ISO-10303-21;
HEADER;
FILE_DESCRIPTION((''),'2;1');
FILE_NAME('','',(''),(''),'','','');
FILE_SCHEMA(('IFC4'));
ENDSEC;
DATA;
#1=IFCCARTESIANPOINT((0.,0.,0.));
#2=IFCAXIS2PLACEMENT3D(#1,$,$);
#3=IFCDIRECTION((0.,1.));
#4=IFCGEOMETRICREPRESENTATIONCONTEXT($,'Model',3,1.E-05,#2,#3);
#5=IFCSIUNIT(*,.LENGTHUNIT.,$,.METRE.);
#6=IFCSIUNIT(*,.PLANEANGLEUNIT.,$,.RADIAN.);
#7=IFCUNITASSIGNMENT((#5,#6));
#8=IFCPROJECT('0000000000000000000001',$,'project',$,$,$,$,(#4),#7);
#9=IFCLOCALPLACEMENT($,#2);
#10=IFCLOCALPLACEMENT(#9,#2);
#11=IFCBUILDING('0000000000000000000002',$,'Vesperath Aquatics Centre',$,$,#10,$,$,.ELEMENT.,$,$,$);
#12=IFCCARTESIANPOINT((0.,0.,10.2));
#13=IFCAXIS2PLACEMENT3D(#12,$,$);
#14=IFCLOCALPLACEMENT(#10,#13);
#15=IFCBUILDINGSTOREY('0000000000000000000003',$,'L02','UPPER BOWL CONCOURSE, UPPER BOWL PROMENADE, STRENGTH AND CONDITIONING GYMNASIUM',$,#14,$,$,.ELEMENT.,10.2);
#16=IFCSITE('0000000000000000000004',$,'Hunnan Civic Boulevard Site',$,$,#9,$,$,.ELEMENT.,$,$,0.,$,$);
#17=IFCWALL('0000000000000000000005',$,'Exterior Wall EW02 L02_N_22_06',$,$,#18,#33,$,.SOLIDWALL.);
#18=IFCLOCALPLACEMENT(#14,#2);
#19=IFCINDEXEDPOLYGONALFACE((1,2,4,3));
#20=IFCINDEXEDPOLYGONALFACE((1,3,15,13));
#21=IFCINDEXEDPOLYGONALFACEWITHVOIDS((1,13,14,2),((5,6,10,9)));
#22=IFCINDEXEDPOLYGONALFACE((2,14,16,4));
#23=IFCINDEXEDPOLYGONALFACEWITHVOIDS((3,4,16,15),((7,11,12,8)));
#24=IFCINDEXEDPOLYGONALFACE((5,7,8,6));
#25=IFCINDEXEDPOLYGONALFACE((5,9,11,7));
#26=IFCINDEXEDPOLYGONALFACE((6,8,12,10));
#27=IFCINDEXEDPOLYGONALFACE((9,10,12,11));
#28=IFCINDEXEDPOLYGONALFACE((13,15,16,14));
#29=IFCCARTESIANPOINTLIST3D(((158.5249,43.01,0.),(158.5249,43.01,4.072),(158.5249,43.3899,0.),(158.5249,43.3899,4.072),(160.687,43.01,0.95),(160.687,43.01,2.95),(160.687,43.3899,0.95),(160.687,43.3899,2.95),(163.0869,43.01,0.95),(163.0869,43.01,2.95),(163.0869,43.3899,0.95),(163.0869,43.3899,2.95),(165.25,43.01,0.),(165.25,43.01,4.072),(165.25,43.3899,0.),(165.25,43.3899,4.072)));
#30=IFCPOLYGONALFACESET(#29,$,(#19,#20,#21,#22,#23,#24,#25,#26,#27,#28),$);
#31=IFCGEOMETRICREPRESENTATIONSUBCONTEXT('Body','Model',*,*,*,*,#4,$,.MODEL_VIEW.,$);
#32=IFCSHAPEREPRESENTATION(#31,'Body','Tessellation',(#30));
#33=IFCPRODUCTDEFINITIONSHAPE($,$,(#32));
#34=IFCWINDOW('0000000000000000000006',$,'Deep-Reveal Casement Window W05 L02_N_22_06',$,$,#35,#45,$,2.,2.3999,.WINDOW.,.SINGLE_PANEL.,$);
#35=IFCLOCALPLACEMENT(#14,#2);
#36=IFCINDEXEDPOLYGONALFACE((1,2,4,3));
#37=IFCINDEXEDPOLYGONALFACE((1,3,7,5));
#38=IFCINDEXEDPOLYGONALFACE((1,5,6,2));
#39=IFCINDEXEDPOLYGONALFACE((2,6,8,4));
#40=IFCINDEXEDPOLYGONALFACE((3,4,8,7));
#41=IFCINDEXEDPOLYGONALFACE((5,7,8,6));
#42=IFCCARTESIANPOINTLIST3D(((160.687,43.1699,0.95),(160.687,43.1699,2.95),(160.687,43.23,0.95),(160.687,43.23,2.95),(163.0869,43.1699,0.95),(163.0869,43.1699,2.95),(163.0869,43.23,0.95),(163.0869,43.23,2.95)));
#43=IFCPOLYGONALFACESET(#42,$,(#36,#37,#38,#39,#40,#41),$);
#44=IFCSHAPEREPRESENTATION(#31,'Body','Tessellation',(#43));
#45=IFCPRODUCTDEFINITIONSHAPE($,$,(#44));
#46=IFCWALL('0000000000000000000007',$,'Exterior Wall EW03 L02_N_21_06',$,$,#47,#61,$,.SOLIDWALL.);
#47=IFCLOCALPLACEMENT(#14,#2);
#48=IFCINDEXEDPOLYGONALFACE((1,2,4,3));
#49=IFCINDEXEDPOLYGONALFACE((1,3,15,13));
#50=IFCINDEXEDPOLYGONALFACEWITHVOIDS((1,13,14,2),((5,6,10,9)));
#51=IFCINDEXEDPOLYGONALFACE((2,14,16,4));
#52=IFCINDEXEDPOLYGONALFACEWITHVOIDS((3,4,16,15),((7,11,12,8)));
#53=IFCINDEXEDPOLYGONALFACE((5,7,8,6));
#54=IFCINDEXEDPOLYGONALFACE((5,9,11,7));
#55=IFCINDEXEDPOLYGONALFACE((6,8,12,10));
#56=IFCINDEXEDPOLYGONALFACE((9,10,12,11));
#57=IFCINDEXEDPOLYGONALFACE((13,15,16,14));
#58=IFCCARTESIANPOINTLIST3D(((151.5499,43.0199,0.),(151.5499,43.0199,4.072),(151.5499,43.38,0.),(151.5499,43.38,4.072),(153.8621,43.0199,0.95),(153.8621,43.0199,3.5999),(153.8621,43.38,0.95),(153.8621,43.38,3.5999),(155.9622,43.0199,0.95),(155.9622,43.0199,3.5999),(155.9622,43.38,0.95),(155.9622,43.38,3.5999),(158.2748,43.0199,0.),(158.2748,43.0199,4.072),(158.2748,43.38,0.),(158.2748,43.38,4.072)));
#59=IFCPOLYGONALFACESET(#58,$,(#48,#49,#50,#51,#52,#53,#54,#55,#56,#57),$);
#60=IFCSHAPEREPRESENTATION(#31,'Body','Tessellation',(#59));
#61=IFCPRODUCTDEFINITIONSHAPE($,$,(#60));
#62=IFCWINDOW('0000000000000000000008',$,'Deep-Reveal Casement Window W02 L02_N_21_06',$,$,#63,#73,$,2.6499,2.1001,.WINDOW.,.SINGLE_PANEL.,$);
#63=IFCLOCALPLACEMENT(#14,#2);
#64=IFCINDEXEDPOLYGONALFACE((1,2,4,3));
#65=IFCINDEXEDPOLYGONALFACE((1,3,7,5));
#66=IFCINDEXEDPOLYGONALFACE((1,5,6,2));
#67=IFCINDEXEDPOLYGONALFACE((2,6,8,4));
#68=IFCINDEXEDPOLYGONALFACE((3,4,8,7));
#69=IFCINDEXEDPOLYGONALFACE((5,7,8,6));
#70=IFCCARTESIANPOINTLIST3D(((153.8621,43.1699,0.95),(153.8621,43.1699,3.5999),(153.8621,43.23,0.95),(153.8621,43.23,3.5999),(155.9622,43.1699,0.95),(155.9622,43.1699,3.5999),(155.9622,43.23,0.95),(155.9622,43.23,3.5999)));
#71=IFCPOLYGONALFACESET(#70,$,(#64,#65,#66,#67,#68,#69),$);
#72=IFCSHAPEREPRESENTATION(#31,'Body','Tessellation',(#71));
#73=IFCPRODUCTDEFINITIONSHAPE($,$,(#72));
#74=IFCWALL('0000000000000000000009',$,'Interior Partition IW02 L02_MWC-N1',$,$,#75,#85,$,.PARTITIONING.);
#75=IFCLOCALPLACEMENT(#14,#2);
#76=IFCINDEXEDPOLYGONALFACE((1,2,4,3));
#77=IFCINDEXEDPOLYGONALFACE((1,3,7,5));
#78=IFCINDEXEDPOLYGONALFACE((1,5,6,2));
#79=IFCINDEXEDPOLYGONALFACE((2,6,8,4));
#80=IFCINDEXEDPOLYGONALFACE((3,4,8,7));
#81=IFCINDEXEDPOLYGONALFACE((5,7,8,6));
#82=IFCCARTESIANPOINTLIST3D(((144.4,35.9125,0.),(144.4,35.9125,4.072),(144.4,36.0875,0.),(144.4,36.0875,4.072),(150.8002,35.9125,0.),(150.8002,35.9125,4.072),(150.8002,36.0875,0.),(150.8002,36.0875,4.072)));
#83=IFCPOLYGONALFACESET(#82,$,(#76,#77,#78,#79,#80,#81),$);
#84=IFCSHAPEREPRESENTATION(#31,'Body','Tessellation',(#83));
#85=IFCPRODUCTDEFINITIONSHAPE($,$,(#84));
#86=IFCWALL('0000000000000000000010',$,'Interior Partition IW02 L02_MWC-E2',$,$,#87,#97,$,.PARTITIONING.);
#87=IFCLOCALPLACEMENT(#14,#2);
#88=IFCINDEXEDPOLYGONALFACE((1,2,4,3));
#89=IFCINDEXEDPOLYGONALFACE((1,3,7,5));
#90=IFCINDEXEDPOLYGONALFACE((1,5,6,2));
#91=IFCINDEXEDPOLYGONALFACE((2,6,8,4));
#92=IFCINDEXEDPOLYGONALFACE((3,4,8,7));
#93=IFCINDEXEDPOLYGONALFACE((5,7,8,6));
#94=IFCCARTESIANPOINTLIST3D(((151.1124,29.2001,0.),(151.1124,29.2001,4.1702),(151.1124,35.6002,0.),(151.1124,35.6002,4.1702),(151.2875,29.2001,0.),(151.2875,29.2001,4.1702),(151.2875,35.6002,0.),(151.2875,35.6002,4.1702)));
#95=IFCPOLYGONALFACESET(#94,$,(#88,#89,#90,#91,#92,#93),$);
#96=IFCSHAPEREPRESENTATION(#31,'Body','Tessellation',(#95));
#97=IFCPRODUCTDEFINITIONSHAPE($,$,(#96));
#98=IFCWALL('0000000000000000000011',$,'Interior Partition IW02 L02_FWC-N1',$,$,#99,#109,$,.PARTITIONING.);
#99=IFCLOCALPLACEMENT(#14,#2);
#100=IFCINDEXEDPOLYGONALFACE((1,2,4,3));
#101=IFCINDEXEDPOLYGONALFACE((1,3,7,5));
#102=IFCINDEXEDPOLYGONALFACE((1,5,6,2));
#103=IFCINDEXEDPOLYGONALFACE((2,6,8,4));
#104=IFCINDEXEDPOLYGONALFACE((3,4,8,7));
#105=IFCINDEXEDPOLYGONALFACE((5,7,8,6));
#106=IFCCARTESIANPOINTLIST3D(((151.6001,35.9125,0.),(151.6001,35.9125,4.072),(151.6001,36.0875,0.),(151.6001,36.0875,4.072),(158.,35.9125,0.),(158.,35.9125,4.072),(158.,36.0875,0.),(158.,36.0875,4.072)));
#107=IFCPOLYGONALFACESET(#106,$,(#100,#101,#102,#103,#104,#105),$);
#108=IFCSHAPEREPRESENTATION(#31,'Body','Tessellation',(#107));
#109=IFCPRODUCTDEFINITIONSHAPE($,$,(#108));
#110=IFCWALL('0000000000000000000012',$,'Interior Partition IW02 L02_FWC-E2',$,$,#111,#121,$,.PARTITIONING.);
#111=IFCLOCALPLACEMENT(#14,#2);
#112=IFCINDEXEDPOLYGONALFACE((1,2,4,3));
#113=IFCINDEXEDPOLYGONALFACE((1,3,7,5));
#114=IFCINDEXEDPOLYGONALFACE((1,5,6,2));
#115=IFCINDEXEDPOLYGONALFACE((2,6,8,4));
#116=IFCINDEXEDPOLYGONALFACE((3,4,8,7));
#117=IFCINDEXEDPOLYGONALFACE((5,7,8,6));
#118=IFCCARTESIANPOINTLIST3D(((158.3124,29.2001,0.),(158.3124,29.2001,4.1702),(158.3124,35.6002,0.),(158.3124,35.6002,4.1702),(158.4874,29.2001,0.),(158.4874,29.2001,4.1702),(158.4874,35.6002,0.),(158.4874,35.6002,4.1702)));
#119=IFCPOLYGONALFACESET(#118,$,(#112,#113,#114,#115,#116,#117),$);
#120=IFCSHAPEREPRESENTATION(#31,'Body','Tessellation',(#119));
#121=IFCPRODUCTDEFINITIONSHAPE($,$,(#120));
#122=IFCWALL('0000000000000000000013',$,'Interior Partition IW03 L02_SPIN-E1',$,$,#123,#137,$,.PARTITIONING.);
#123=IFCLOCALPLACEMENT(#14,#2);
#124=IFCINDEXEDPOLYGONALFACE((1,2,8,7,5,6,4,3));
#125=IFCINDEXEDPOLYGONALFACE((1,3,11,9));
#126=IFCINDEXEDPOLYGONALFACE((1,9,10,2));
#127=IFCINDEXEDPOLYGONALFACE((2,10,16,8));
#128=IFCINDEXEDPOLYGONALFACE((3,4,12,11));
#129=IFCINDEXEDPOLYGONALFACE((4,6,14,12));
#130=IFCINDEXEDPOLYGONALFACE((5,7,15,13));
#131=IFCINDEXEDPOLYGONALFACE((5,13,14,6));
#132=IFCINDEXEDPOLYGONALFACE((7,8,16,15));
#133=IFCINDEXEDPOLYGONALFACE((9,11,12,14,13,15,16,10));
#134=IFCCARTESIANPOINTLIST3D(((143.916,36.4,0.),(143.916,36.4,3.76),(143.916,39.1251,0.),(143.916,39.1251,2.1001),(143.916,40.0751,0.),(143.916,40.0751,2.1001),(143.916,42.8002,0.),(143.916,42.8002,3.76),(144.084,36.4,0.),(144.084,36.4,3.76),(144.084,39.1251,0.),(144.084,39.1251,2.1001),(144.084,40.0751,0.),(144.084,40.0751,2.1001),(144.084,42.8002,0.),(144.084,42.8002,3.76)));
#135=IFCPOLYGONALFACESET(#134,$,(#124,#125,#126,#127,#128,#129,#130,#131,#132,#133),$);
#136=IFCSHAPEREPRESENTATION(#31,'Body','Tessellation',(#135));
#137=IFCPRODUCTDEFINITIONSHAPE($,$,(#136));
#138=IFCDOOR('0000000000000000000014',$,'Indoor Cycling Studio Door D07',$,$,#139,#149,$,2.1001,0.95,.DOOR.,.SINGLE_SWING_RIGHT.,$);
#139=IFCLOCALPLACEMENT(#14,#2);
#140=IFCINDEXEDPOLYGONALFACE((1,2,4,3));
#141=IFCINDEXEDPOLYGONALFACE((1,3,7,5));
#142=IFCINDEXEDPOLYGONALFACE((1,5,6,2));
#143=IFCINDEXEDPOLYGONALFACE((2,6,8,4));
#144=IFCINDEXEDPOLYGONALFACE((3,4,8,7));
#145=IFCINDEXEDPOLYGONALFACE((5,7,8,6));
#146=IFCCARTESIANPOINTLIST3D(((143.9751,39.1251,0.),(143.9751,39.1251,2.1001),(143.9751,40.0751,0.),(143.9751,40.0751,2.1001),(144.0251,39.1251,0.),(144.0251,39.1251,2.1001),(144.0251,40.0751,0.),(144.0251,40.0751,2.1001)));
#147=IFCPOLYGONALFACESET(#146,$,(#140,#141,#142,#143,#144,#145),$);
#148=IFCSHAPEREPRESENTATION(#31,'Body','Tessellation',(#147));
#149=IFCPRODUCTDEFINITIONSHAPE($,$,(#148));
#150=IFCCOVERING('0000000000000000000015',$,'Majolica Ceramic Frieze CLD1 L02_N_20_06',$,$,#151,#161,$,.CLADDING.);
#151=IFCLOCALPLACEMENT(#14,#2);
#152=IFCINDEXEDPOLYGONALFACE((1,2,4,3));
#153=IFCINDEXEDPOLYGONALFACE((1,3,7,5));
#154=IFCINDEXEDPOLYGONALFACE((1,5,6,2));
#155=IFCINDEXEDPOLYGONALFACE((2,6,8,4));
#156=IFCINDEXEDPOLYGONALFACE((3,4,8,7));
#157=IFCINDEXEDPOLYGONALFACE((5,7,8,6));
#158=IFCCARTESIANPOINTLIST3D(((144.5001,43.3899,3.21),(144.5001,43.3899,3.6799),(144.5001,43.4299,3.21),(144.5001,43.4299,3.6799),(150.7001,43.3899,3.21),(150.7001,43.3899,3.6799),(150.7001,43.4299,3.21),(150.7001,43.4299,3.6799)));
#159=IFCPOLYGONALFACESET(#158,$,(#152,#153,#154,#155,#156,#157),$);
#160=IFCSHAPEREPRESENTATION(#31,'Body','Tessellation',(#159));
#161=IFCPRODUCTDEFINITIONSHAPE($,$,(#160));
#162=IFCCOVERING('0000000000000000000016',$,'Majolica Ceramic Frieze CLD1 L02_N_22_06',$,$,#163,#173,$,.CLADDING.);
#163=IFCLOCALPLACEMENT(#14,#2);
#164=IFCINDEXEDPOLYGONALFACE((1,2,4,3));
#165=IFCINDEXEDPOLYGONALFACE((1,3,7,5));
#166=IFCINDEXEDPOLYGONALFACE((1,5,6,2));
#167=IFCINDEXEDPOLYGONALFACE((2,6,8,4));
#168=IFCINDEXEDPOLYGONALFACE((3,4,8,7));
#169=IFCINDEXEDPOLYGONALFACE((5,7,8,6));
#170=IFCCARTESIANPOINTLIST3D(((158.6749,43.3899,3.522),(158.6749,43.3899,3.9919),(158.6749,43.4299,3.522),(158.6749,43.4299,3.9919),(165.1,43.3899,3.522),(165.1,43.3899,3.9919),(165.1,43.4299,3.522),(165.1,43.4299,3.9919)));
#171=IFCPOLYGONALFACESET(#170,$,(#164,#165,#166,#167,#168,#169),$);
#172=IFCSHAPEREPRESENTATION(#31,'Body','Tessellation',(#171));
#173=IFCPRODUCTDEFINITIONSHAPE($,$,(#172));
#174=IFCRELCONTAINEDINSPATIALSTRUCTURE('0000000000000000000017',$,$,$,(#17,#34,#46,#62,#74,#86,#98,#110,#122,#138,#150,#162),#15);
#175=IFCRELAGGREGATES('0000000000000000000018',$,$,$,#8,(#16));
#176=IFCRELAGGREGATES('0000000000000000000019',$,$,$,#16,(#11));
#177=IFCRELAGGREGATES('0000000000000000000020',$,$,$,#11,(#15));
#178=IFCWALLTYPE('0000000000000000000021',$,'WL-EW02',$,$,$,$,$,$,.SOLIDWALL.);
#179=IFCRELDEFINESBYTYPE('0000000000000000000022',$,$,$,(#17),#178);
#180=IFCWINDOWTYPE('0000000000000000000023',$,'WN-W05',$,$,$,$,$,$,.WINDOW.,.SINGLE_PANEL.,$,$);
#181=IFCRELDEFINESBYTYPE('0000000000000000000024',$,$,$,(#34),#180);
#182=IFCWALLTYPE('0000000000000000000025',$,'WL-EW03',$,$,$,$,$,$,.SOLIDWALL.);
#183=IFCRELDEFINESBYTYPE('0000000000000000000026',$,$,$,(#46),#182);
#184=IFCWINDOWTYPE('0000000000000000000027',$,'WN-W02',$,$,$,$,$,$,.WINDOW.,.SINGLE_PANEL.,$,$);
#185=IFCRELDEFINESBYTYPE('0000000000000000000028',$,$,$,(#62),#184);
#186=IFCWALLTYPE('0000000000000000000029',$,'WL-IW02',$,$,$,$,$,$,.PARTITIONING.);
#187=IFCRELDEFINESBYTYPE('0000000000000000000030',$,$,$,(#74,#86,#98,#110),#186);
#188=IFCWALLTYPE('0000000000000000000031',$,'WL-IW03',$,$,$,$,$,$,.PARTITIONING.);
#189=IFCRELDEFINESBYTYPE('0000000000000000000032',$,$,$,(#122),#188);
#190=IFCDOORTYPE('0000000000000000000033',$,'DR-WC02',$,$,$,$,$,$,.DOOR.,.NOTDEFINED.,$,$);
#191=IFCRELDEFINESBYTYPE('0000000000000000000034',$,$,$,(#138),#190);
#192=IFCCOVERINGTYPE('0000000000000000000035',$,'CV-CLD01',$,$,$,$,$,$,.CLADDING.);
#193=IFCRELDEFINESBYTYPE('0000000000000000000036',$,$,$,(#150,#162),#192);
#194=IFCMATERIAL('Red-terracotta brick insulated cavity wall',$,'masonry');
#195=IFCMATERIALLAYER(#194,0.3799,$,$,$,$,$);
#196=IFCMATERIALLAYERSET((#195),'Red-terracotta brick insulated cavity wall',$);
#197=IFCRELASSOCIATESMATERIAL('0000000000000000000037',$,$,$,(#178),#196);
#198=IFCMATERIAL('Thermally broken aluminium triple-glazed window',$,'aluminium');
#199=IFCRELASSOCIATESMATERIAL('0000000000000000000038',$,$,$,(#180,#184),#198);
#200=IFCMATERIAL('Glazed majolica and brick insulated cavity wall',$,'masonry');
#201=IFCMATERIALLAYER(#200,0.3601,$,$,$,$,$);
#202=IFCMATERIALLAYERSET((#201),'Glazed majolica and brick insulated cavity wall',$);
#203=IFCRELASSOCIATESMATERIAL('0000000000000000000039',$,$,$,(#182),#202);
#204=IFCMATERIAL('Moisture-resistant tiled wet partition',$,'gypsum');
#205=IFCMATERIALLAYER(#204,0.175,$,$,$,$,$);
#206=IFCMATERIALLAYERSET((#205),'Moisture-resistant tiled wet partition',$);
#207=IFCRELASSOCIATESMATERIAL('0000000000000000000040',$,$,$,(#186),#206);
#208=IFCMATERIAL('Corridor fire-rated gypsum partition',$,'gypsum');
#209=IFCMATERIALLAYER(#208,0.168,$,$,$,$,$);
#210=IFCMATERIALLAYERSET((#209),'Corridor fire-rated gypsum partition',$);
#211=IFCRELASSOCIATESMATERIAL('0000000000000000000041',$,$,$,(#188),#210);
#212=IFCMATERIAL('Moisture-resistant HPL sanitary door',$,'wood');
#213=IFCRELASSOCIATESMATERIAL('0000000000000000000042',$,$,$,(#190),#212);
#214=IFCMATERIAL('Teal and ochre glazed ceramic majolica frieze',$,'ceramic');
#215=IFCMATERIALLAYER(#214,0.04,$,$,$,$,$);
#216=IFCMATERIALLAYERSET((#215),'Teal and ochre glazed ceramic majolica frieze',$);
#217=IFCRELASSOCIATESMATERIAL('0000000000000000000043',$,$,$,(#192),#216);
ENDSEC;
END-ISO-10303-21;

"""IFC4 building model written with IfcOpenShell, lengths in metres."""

from ifc_helpers import new_model, si_unit, direction, frame, frame_2d, origin, place, context, subcontext, project, spatial, rectangle, extrude, material, layer, layer_set, type_object, element, fill, save


model = new_model("IFC4")

# Units and contexts
model_context = context("Model", 3, precision=1e-05, world=origin(), true_north=direction((0.0, 1.0)))
body_context = subcontext(model_context, "Body", "Model", "MODEL_VIEW")
ifc_project = project(units=[si_unit("LENGTHUNIT", "METRE"), si_unit("PLANEANGLEUNIT", "RADIAN")], contexts=[model_context])

# Site, building, storey
site_placement = place(None, origin())
site = spatial("IfcSite", under=ifc_project, at=site_placement, Name="Hunnan Civic Boulevard Site", CompositionType="ELEMENT", RefElevation=0.0)
building_placement = place(site_placement, origin())
building = spatial("IfcBuilding", under=site, at=building_placement, Name="Vesperath Aquatics Centre", CompositionType="ELEMENT")
storey_placement = place(building_placement, frame((0.0, 0.0, 10.2)))
storey = spatial("IfcBuildingStorey", under=building, at=storey_placement, Name="L02", Description="UPPER BOWL CONCOURSE, UPPER BOWL PROMENADE, STRENGTH AND CONDITIONING GYMNASIUM", CompositionType="ELEMENT", Elevation=10.2)

# Walls, openings, windows
ifc_material_1 = material(Name="Red-terracotta brick insulated cavity wall", Category="masonry")
ifc_layer_1 = layer(ifc_material_1, 0.3799)
ifc_layer_set_1 = layer_set([ifc_layer_1], Name="Red-terracotta brick insulated cavity wall")
wall_type_1 = type_object("IfcWallType", Name="WL-EW02", PredefinedType="SOLIDWALL", material=ifc_layer_set_1)
ifc_material_2 = material(Name="Thermally broken aluminium triple-glazed window", Category="aluminium")
wall_1_placement = place(storey_placement, frame((158.5249, 43.2, 0.0), z_axis=(0.0, 0.0, 1.0), x_axis=(1.0, 0.0, 0.0)))
wall_1 = element("IfcWall", 1, at=wall_1_placement, inside=storey, type_object=wall_type_1, Name="Exterior Wall EW02 L02_N_22_06", PredefinedType="SOLIDWALL", context=body_context, shape_type="SweptSolid", body=[
    extrude(rectangle(XDim=6.7251, YDim=0.3799, at=frame_2d((3.3625, 0.0))), origin(), (0.0, 0.0, 1.0), 4.072),
])
opening_1_placement = place(wall_1_placement, frame((2.1621, 0.0, 0.95)))
opening_1 = element("IfcOpeningElement", 2, at=opening_1_placement, cuts=wall_1, PredefinedType="OPENING", context=body_context, shape_type="SweptSolid", body=[
    extrude(rectangle(XDim=2.3999, YDim=2.0, at=frame_2d((1.2, 1.0))), frame((0.0, 0.2048, 0.0), z_axis=(0.0, -1.0, 0.0), x_axis=(1.0, 0.0, 0.0)), (0.0, 0.0, 1.0), 0.4097),
])
window_type_1 = type_object("IfcWindowType", Name="WN-W05", PartitioningType="SINGLE_PANEL", PredefinedType="WINDOW", material=ifc_material_2)
window_1_placement = place(opening_1_placement, origin())
window_1 = element("IfcWindow", 3, at=window_1_placement, inside=storey, type_object=window_type_1, Name="Deep-Reveal Casement Window W05 L02_N_22_06", OverallHeight=2.0, OverallWidth=2.3999, PartitioningType="SINGLE_PANEL", PredefinedType="WINDOW", context=body_context, shape_type="SweptSolid", body=[
    extrude(rectangle(XDim=2.3999, YDim=2.0, at=frame_2d((1.2, 1.0))), frame((0.0, 0.03, 0.0), z_axis=(0.0, -1.0, 0.0), x_axis=(1.0, 0.0, 0.0)), (0.0, 0.0, 1.0), 0.0601),
])
fill(opening_1, window_1)
ifc_material_3 = material(Name="Glazed majolica and brick insulated cavity wall", Category="masonry")
ifc_layer_2 = layer(ifc_material_3, 0.3601)
ifc_layer_set_2 = layer_set([ifc_layer_2], Name="Glazed majolica and brick insulated cavity wall")
wall_type_2 = type_object("IfcWallType", Name="WL-EW03", PredefinedType="SOLIDWALL", material=ifc_layer_set_2)
wall_2_placement = place(storey_placement, frame((151.55, 43.2, 0.0), z_axis=(0.0, 0.0, 1.0), x_axis=(1.0, 0.0, 0.0)))
wall_2 = element("IfcWall", 4, at=wall_2_placement, inside=storey, type_object=wall_type_2, Name="Exterior Wall EW03 L02_N_21_06", PredefinedType="SOLIDWALL", context=body_context, shape_type="SweptSolid", body=[
    extrude(rectangle(XDim=6.7249, YDim=0.3601, at=frame_2d((3.3623, 0.0))), origin(), (0.0, 0.0, 1.0), 4.072),
])
opening_2_placement = place(wall_2_placement, frame((2.312, 0.0, 0.95)))
opening_2 = element("IfcOpeningElement", 5, at=opening_2_placement, cuts=wall_2, PredefinedType="OPENING", context=body_context, shape_type="SweptSolid", body=[
    extrude(rectangle(XDim=2.1001, YDim=2.6499, at=frame_2d((1.05, 1.325))), frame((0.0, 0.1948, 0.0), z_axis=(0.0, -1.0, 0.0), x_axis=(1.0, 0.0, 0.0)), (0.0, 0.0, 1.0), 0.3899),
])
window_type_2 = type_object("IfcWindowType", Name="WN-W02", PartitioningType="SINGLE_PANEL", PredefinedType="WINDOW", material=ifc_material_2)
window_2_placement = place(opening_2_placement, origin())
window_2 = element("IfcWindow", 6, at=window_2_placement, inside=storey, type_object=window_type_2, Name="Deep-Reveal Casement Window W02 L02_N_21_06", OverallHeight=2.6499, OverallWidth=2.1001, PartitioningType="SINGLE_PANEL", PredefinedType="WINDOW", context=body_context, shape_type="SweptSolid", body=[
    extrude(rectangle(XDim=2.1001, YDim=2.6499, at=frame_2d((1.05, 1.325))), frame((0.0, 0.03, 0.0), z_axis=(0.0, -1.0, 0.0), x_axis=(1.0, 0.0, 0.0)), (0.0, 0.0, 1.0), 0.0601),
])
fill(opening_2, window_2)

# Walls
ifc_material_4 = material(Name="Moisture-resistant tiled wet partition", Category="gypsum")
ifc_layer_3 = layer(ifc_material_4, 0.175)
ifc_layer_set_3 = layer_set([ifc_layer_3], Name="Moisture-resistant tiled wet partition")
wall_type_3 = type_object("IfcWallType", Name="WL-IW02", PredefinedType="PARTITIONING", material=ifc_layer_set_3)
wall_3_placement = place(storey_placement, frame((144.3999, 36.0, 0.0), z_axis=(0.0, 0.0, 1.0), x_axis=(1.0, 0.0, 0.0)))
element("IfcWall", 7, at=wall_3_placement, inside=storey, type_object=wall_type_3, Name="Interior Partition IW02 L02_MWC-N1", PredefinedType="PARTITIONING", context=body_context, shape_type="SweptSolid", body=[
    extrude(rectangle(XDim=6.4001, YDim=0.175, at=frame_2d((3.2002, 0.0))), origin(), (0.0, 0.0, 1.0), 4.072),
])
wall_4_placement = place(storey_placement, frame((151.2, 29.2, 0.0), z_axis=(0.0, 0.0, 1.0), x_axis=(0.0, 1.0, 0.0)))
element("IfcWall", 8, at=wall_4_placement, inside=storey, type_object=wall_type_3, Name="Interior Partition IW02 L02_MWC-E2", PredefinedType="PARTITIONING", context=body_context, shape_type="SweptSolid", body=[
    extrude(rectangle(XDim=6.4001, YDim=0.175, at=frame_2d((3.2002, 0.0))), origin(), (0.0, 0.0, 1.0), 4.1702),
])
wall_5_placement = place(storey_placement, frame((151.6001, 36.0, 0.0), z_axis=(0.0, 0.0, 1.0), x_axis=(1.0, 0.0, 0.0)))
element("IfcWall", 9, at=wall_5_placement, inside=storey, type_object=wall_type_3, Name="Interior Partition IW02 L02_FWC-N1", PredefinedType="PARTITIONING", context=body_context, shape_type="SweptSolid", body=[
    extrude(rectangle(XDim=6.3999, YDim=0.175, at=frame_2d((3.2, 0.0))), origin(), (0.0, 0.0, 1.0), 4.072),
])
wall_6_placement = place(storey_placement, frame((158.3999, 29.2, 0.0), z_axis=(0.0, 0.0, 1.0), x_axis=(0.0, 1.0, 0.0)))
element("IfcWall", 10, at=wall_6_placement, inside=storey, type_object=wall_type_3, Name="Interior Partition IW02 L02_FWC-E2", PredefinedType="PARTITIONING", context=body_context, shape_type="SweptSolid", body=[
    extrude(rectangle(XDim=6.4001, YDim=0.175, at=frame_2d((3.2002, 0.0))), origin(), (0.0, 0.0, 1.0), 4.1702),
])

# Wall, opening, door
ifc_material_5 = material(Name="Corridor fire-rated gypsum partition", Category="gypsum")
ifc_layer_4 = layer(ifc_material_5, 0.168)
ifc_layer_set_4 = layer_set([ifc_layer_4], Name="Corridor fire-rated gypsum partition")
wall_type_4 = type_object("IfcWallType", Name="WL-IW03", PredefinedType="PARTITIONING", material=ifc_layer_set_4)
wall_7_placement = place(storey_placement, frame((144.0, 36.3999, 0.0), z_axis=(0.0, 0.0, 1.0), x_axis=(0.0, 1.0, 0.0)))
wall_7 = element("IfcWall", 11, at=wall_7_placement, inside=storey, type_object=wall_type_4, Name="Interior Partition IW03 L02_SPIN-E1", PredefinedType="PARTITIONING", context=body_context, shape_type="SweptSolid", body=[
    extrude(rectangle(XDim=6.4001, YDim=0.168, at=frame_2d((3.2002, 0.0))), origin(), (0.0, 0.0, 1.0), 3.76),
])
opening_3_placement = place(wall_7_placement, frame((2.7251, 0.0, 0.0)))
opening_3 = element("IfcOpeningElement", 12, at=opening_3_placement, cuts=wall_7, PredefinedType="OPENING", context=body_context, shape_type="SweptSolid", body=[
    extrude(rectangle(XDim=0.95, YDim=2.1001, at=frame_2d((0.4751, 1.05))), frame((0.0, 0.0989, 0.0), z_axis=(0.0, -1.0, 0.0), x_axis=(1.0, 0.0, 0.0)), (0.0, 0.0, 1.0), 0.1978),
])
ifc_material_6 = material(Name="Moisture-resistant HPL sanitary door", Category="wood")
door_type = type_object("IfcDoorType", Name="DR-WC02", OperationType="NOTDEFINED", PredefinedType="DOOR", material=ifc_material_6)
door_placement = place(opening_3_placement, origin())
door = element("IfcDoor", 13, at=door_placement, inside=storey, type_object=door_type, Name="Indoor Cycling Studio Door D07", OperationType="SINGLE_SWING_RIGHT", OverallHeight=2.1001, OverallWidth=0.95, PredefinedType="DOOR", context=body_context, shape_type="SweptSolid", body=[
    extrude(rectangle(XDim=0.95, YDim=2.1001, at=frame_2d((0.4751, 1.05))), frame((0.0, 0.0249, 0.0), z_axis=(0.0, -1.0, 0.0), x_axis=(1.0, 0.0, 0.0)), (0.0, 0.0, 1.0), 0.05),
])
fill(opening_3, door)

# Coverings
ifc_material_7 = material(Name="Teal and ochre glazed ceramic majolica frieze", Category="ceramic")
ifc_layer_5 = layer(ifc_material_7, 0.04)
ifc_layer_set_5 = layer_set([ifc_layer_5], Name="Teal and ochre glazed ceramic majolica frieze")
covering_type = type_object("IfcCoveringType", Name="CV-CLD01", PredefinedType="CLADDING", material=ifc_layer_set_5)
covering_1_placement = place(storey_placement, frame((144.5, 43.4099, 3.21), z_axis=(0.0, 0.0, 1.0), x_axis=(1.0, 0.0, 0.0)))
element("IfcCovering", 14, at=covering_1_placement, inside=storey, type_object=covering_type, Name="Majolica Ceramic Frieze CLD1 L02_N_20_06", PredefinedType="CLADDING", context=body_context, shape_type="SweptSolid", body=[
    extrude(rectangle(XDim=6.2, YDim=0.04, at=frame_2d((3.1001, 0.0))), origin(), (0.0, 0.0, 1.0), 0.47),
])
covering_2_placement = place(storey_placement, frame((158.675, 43.4099, 3.522), z_axis=(0.0, 0.0, 1.0), x_axis=(1.0, 0.0, 0.0)))
element("IfcCovering", 15, at=covering_2_placement, inside=storey, type_object=covering_type, Name="Majolica Ceramic Frieze CLD1 L02_N_22_06", PredefinedType="CLADDING", context=body_context, shape_type="SweptSolid", body=[
    extrude(rectangle(XDim=6.425, YDim=0.04, at=frame_2d((3.2124, 0.0))), origin(), (0.0, 0.0, 1.0), 0.47),
])

save(model, "model.ifc")
